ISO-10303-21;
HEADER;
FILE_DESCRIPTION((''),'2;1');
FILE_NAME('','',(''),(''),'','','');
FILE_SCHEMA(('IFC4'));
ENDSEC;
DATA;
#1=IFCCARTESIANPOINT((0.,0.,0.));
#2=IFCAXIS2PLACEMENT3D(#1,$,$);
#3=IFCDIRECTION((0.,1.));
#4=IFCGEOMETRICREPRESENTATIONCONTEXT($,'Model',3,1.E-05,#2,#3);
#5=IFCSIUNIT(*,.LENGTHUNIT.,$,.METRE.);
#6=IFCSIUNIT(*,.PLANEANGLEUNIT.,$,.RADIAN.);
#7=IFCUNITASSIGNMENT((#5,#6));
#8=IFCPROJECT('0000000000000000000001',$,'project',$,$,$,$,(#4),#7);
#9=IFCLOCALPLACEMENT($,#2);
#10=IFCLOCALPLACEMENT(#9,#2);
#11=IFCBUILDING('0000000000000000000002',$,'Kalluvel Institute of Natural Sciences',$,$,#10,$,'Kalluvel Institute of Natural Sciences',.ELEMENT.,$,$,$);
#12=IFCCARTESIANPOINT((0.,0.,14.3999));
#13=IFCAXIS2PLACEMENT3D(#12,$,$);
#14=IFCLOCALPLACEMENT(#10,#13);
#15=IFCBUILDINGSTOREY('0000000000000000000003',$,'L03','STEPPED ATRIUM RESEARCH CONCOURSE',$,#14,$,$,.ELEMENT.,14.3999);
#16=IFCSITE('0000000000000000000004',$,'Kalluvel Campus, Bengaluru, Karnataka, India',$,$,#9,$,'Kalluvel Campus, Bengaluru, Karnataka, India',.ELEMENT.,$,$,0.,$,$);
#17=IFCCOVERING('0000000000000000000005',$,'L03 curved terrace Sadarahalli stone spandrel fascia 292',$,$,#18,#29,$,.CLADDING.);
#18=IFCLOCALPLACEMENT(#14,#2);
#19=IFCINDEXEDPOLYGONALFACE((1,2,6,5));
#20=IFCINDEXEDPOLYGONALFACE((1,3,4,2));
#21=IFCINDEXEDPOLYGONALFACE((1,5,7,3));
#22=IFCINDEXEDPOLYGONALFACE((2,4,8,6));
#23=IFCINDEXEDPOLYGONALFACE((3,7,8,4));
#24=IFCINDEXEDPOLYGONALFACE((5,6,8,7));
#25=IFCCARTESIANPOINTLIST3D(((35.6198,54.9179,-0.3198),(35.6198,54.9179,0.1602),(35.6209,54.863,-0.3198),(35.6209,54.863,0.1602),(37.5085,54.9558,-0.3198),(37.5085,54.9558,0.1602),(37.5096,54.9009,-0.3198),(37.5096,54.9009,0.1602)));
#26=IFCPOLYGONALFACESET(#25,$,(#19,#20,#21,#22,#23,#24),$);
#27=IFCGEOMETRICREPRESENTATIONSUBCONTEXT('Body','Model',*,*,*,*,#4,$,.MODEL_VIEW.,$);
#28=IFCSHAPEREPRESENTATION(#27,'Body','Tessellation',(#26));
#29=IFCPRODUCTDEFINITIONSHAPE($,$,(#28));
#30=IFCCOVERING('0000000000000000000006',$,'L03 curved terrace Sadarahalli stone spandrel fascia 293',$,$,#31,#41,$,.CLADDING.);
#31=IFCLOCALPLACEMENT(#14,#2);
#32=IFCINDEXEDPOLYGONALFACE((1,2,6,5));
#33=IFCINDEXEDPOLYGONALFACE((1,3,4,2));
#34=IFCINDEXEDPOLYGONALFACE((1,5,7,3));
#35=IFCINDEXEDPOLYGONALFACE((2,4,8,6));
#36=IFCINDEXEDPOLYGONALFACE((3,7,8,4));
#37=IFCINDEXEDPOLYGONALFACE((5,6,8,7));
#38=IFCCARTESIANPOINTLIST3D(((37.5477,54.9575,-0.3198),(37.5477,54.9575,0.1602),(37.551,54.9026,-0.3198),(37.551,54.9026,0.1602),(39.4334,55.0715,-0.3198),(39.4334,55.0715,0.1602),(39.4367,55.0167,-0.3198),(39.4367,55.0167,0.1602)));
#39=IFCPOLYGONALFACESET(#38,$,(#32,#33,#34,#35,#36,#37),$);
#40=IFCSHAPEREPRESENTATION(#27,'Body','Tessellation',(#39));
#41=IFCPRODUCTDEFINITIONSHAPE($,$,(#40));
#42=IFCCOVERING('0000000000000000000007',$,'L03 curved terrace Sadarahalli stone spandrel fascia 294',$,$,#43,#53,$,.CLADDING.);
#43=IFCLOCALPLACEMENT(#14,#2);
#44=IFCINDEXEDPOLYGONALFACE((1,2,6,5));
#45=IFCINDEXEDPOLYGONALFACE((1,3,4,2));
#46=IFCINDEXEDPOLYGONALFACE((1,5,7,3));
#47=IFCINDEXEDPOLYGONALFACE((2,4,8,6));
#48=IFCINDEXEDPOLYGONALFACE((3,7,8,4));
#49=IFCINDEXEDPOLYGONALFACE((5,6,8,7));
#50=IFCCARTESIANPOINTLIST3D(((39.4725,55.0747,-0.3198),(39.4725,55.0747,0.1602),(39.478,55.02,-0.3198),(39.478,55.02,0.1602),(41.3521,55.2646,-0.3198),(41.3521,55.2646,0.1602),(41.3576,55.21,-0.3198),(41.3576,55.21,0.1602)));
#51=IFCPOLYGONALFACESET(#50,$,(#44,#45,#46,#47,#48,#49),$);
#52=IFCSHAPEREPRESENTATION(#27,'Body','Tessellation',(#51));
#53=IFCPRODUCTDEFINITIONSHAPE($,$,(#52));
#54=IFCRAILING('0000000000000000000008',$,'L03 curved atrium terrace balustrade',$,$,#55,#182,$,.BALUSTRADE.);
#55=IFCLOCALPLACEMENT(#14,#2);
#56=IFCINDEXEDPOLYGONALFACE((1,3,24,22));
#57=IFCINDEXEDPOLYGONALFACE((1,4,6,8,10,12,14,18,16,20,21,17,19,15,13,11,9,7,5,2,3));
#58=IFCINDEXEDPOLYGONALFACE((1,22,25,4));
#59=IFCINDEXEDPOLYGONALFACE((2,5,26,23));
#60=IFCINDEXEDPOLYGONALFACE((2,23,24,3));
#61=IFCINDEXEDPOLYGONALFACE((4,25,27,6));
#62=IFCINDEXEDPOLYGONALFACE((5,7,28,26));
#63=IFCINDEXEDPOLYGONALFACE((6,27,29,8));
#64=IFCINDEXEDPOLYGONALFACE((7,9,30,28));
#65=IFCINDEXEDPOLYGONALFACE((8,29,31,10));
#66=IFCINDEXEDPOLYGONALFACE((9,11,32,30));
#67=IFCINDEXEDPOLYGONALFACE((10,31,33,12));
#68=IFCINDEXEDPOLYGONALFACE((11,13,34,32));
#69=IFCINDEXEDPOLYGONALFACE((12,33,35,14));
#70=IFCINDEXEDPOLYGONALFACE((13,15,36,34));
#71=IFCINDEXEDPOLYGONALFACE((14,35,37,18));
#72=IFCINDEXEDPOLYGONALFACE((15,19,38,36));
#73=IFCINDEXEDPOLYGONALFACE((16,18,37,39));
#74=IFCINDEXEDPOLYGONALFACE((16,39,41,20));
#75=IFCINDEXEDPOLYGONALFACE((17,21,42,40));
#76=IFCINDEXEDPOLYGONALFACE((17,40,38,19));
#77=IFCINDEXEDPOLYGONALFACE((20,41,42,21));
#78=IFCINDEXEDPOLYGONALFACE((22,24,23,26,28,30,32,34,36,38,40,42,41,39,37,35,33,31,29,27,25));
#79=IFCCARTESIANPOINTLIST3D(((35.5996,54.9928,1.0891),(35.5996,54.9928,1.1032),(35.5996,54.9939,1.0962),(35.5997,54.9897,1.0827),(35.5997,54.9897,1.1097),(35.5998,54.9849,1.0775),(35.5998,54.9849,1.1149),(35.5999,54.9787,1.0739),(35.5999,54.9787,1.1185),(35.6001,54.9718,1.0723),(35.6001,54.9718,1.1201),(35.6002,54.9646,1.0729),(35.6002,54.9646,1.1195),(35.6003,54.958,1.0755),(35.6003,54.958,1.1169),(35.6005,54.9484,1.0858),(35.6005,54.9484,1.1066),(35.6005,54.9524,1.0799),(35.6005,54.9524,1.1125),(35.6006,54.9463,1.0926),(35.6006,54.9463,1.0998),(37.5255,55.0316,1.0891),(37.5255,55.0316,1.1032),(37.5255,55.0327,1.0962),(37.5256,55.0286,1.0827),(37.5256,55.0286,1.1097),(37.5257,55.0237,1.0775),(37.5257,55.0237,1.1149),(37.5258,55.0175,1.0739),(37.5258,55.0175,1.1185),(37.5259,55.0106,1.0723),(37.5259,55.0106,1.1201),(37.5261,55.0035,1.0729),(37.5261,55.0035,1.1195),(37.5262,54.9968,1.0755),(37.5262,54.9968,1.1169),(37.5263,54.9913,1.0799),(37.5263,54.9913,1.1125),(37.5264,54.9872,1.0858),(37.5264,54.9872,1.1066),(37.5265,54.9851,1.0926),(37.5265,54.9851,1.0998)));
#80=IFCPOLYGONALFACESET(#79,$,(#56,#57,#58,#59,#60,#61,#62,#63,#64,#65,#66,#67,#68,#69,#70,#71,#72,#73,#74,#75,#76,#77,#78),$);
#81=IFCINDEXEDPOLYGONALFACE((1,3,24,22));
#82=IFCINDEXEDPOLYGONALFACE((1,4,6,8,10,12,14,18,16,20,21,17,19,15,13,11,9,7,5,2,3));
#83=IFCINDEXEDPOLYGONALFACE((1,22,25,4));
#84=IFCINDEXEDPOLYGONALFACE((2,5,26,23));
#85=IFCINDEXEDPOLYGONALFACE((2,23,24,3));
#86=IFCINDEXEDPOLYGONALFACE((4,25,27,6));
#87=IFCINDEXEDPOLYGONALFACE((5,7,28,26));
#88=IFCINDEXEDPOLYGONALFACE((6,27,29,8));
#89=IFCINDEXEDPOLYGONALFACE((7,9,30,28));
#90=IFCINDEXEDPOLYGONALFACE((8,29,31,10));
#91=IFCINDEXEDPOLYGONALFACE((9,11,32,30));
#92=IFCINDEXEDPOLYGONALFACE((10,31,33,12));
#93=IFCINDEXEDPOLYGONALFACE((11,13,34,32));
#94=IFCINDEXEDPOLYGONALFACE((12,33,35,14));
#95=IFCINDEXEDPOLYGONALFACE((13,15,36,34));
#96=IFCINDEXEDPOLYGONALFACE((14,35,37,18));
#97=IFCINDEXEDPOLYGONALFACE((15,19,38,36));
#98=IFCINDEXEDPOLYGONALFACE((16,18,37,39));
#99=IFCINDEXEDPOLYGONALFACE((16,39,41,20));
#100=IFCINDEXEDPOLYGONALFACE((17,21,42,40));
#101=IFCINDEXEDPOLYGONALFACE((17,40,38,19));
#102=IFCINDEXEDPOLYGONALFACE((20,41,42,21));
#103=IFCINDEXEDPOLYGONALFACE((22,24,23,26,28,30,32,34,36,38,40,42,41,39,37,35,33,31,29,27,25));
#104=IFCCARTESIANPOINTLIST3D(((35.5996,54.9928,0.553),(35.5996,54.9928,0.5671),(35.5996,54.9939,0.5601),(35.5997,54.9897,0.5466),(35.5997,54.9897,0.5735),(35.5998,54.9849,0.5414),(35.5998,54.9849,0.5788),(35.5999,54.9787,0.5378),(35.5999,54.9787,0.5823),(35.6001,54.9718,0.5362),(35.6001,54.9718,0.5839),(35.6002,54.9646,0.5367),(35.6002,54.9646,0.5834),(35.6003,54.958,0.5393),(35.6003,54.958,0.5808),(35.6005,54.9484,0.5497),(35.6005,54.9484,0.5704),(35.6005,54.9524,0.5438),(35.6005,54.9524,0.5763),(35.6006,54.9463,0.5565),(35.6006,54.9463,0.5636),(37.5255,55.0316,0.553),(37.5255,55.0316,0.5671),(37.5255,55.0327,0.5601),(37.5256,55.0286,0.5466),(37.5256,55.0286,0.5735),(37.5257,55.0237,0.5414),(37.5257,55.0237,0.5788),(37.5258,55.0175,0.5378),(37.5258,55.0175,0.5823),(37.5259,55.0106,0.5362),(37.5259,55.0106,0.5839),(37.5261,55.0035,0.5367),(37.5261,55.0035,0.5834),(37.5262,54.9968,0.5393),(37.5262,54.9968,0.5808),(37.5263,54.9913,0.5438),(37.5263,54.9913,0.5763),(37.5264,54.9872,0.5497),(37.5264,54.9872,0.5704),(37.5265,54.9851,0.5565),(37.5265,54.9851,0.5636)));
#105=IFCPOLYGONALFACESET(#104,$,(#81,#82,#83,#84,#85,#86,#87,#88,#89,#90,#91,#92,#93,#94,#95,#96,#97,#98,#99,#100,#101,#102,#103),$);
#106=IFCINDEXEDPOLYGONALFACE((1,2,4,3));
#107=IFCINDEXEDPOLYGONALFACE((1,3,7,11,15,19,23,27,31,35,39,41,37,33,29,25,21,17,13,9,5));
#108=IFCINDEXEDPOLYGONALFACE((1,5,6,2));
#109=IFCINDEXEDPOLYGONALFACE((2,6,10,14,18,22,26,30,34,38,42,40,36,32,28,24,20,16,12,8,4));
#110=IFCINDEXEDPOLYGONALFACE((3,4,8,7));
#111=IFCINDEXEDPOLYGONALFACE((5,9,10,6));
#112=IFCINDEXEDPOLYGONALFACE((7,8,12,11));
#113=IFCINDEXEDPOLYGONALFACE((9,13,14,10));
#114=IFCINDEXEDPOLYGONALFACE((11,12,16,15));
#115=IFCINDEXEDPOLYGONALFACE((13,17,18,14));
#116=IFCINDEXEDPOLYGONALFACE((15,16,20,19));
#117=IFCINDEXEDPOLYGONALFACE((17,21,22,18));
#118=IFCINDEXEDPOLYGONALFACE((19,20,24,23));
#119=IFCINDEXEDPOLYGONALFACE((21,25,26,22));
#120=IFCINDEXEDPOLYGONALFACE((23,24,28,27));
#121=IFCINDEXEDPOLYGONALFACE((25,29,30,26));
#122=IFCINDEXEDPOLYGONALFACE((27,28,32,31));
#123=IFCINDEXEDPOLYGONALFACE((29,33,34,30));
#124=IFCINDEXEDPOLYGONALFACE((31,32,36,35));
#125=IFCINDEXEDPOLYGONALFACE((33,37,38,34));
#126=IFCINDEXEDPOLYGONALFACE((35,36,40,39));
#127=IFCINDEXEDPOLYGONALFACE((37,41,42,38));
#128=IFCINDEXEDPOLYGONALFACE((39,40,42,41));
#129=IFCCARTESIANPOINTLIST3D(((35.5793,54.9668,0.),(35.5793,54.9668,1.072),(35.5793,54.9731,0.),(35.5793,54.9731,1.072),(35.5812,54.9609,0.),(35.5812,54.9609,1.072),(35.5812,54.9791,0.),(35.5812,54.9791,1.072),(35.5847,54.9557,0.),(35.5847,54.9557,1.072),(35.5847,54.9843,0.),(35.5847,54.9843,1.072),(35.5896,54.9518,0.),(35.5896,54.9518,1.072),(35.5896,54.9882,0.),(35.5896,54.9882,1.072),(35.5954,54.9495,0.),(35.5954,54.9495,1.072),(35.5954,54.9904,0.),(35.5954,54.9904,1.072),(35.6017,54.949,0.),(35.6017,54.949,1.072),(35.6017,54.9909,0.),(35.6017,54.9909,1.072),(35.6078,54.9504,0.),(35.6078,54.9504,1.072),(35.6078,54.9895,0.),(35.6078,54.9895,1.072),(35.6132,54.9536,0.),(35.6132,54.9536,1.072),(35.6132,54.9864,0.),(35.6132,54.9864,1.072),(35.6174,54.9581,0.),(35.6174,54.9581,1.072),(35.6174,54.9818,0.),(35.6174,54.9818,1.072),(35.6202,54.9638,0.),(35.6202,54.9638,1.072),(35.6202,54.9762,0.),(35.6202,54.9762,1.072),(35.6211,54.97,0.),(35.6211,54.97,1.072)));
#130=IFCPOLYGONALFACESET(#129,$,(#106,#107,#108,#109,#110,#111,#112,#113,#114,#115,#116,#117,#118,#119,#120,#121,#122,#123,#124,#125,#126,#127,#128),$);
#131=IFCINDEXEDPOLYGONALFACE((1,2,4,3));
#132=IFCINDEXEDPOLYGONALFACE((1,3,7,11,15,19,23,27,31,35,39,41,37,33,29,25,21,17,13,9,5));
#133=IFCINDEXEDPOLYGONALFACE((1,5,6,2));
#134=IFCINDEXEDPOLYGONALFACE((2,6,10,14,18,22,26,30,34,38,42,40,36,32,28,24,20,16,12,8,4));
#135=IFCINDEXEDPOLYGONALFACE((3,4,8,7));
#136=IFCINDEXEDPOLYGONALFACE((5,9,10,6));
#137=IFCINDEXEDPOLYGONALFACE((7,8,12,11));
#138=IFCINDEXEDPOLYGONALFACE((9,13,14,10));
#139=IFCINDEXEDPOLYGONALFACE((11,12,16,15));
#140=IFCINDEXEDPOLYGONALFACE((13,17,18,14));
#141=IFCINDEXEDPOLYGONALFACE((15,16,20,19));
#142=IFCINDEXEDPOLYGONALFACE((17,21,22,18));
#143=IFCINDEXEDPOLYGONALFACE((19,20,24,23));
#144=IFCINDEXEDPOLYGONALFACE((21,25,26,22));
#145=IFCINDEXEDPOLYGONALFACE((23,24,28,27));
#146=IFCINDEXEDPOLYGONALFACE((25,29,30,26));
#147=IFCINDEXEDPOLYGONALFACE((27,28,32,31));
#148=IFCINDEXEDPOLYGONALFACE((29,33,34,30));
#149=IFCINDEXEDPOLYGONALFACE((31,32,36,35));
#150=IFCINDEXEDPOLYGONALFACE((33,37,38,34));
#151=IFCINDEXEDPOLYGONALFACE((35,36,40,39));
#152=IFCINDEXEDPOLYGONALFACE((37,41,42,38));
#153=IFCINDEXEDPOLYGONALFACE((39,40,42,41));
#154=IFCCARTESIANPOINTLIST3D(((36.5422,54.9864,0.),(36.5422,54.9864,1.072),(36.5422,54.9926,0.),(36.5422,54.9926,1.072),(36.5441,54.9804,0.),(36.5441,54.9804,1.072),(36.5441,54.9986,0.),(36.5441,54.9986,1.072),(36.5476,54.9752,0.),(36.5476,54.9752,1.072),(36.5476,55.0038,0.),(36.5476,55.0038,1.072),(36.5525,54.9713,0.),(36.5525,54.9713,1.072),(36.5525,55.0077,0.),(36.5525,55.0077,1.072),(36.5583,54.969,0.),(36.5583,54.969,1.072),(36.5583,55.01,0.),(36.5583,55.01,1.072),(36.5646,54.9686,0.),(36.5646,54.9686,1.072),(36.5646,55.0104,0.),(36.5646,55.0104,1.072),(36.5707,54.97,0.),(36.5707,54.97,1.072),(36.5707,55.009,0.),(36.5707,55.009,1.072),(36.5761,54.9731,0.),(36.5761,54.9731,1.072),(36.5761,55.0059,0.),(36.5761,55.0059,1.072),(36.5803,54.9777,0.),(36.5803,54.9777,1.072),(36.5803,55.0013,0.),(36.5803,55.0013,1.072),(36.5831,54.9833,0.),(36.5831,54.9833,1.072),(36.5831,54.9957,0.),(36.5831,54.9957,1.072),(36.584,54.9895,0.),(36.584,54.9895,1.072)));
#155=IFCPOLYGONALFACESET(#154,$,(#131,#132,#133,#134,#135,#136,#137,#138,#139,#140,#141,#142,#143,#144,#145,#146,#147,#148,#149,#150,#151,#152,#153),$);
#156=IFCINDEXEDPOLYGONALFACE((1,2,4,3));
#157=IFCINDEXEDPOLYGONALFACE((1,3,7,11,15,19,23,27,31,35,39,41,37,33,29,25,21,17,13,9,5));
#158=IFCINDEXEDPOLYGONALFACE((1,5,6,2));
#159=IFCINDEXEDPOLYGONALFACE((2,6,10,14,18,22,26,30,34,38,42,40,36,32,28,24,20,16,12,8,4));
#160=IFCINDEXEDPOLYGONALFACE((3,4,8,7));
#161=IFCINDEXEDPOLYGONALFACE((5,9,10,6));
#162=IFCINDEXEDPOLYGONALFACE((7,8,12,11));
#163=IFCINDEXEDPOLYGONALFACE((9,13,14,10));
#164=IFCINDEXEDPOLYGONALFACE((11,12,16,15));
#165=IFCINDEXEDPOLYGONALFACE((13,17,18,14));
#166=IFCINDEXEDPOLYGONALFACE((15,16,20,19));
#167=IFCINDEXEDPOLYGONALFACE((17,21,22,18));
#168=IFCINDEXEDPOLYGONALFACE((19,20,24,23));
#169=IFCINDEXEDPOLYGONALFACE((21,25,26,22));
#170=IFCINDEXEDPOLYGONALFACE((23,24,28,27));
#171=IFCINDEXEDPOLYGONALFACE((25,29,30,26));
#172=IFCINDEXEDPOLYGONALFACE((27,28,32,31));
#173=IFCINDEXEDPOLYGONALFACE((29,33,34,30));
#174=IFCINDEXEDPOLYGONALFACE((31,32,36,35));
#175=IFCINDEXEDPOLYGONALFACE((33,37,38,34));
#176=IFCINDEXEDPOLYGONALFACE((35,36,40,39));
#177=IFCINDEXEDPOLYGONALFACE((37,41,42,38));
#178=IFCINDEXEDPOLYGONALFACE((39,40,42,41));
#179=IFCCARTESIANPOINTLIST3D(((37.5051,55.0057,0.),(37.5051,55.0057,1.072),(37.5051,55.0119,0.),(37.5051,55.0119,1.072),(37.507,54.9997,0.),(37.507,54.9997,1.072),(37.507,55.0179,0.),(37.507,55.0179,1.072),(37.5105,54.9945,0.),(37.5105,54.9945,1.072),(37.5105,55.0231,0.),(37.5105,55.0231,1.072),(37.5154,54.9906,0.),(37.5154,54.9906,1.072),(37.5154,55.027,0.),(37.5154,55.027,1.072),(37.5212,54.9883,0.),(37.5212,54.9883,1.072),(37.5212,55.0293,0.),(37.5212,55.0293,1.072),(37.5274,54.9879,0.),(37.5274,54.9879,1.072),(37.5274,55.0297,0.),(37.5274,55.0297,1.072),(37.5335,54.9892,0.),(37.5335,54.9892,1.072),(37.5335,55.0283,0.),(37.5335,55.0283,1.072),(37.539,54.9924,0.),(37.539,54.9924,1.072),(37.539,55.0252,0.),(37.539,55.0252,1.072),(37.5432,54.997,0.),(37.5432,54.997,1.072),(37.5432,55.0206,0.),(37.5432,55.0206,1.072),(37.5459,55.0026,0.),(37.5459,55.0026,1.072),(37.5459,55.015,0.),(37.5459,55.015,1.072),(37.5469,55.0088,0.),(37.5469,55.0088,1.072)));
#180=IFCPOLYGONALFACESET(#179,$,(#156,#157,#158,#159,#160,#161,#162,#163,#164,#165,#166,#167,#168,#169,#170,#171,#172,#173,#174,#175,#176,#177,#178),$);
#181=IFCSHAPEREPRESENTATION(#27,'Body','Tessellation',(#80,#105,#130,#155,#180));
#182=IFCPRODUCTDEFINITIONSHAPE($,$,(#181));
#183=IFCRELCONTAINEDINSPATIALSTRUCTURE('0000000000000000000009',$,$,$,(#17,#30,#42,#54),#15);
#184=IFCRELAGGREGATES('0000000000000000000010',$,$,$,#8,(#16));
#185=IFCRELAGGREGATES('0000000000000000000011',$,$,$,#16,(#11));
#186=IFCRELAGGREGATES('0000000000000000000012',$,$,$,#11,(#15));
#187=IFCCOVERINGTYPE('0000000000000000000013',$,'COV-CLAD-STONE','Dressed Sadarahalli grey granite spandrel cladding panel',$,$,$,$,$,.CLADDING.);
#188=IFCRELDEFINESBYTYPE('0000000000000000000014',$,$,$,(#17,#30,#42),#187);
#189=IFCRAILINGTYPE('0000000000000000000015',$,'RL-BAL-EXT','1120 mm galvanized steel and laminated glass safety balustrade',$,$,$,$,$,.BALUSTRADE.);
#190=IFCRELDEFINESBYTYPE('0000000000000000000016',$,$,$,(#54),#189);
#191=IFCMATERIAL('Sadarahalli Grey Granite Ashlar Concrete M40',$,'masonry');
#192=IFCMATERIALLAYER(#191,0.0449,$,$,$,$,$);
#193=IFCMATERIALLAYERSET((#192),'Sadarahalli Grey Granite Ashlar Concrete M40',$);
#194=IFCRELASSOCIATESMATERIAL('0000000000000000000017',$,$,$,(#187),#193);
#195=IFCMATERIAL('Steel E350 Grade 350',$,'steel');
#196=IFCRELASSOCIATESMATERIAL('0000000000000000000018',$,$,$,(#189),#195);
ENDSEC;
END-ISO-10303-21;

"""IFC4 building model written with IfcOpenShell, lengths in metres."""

from ifc_helpers import new_model, si_unit, direction, frame, origin, origin_2d, place, context, subcontext, project, spatial, rectangle, circle, extrude, material, layer, layer_set, type_object, element, save


model = new_model("IFC4")

# Units and contexts
model_context = context("Model", 3, precision=1e-05, world=origin(), true_north=direction((0.0, 1.0)))
body_context = subcontext(model_context, "Body", "Model", "MODEL_VIEW")
ifc_project = project(units=[si_unit("LENGTHUNIT", "METRE"), si_unit("PLANEANGLEUNIT", "RADIAN")], contexts=[model_context])

# Site, building, storey
site_placement = place(None, origin())
site = spatial("IfcSite", under=ifc_project, at=site_placement, Name="Kalluvel Campus, Bengaluru, Karnataka, India", LongName="Kalluvel Campus, Bengaluru, Karnataka, India", CompositionType="ELEMENT", RefElevation=0.0)
building_placement = place(site_placement, origin())
building = spatial("IfcBuilding", under=site, at=building_placement, Name="Kalluvel Institute of Natural Sciences", LongName="Kalluvel Institute of Natural Sciences", CompositionType="ELEMENT")
storey_placement = place(building_placement, frame((0.0, 0.0, 14.3999)))
storey = spatial("IfcBuildingStorey", under=building, at=storey_placement, Name="L03", Description="STEPPED ATRIUM RESEARCH CONCOURSE", CompositionType="ELEMENT", Elevation=14.3999)

# Shared definitions
ifc_material_1 = material(Name="Steel E350 Grade 350", Category="steel")

# Shared definitions
ifc_material_2 = material(Name="Sadarahalli Grey Granite Ashlar Concrete M40", Category="masonry")

# Coverings
ifc_layer_1 = layer(ifc_material_2, 0.0449)
ifc_layer_set_1 = layer_set([ifc_layer_1], Name="Sadarahalli Grey Granite Ashlar Concrete M40")
covering_type = type_object("IfcCoveringType", Name="COV-CLAD-STONE", Description="Dressed Sadarahalli grey granite spandrel cladding panel", PredefinedType="CLADDING", material=ifc_layer_set_1)
for number, where, z_axis, x_axis, name in (
    (1, (36.5647, 54.9094, -0.3198), (0.0, 0.0, 1.0), (0.999799, 0.02007, 0.0), "L03 curved terrace Sadarahalli stone spandrel fascia 292"),
    (2, (38.4922, 54.9871, -0.3198), (0.0, 0.0, 1.0), (0.998177, 0.060352, 0.0), "L03 curved terrace Sadarahalli stone spandrel fascia 293"),
    (3, (40.415, 55.1423, -0.3198), (0.0, 0.0, 1.0), (0.994933, 0.100535, 0.0), "L03 curved terrace Sadarahalli stone spandrel fascia 294"),
):
    element("IfcCovering", number, at=place(storey_placement, frame(where, z_axis=z_axis, x_axis=x_axis)), inside=storey, type_object=covering_type, Name=name, PredefinedType="CLADDING", context=body_context, shape_type="SweptSolid", body=[
        extrude(rectangle(XDim=1.8892, YDim=0.0549, at=origin_2d()), origin(), (0.0, 0.0, 1.0), 0.48),
    ])

# Railing
railing_type = type_object("IfcRailingType", Name="RL-BAL-EXT", Description="1120 mm galvanized steel and laminated glass safety balustrade", PredefinedType="BALUSTRADE", material=ifc_material_1)
railing_1_placement = place(storey_placement, frame((35.6001, 54.97, 0.0)))
element("IfcRailing", 4, at=railing_1_placement, inside=storey, type_object=railing_type, Name="L03 curved atrium terrace balustrade", PredefinedType="BALUSTRADE", context=body_context, shape_type="SweptSolid", body=[
    extrude(circle(Radius=0.0239, at=origin_2d()), frame((0.0, 0.0, 1.0962), z_axis=(0.999797, 0.020153, 0.0), x_axis=(-0.020153, 0.999797, 0.0)), (0.0, 0.0, 1.0), 1.9263),
    extrude(circle(Radius=0.0239, at=origin_2d()), frame((0.0, 0.0, 0.5601), z_axis=(0.999797, 0.020153, 0.0), x_axis=(-0.020153, 0.999797, 0.0)), (0.0, 0.0, 1.0), 1.9263),
    extrude(circle(Radius=0.021, at=origin_2d()), origin(), (0.0, 0.0, 1.0), 1.072),
    extrude(circle(Radius=0.021, at=origin_2d()), frame((0.9629, 0.0195, 0.0)), (0.0, 0.0, 1.0), 1.072),
    extrude(circle(Radius=0.021, at=origin_2d()), frame((1.9258, 0.0388, 0.0)), (0.0, 0.0, 1.0), 1.072),
])

save(model, "model.ifc")
